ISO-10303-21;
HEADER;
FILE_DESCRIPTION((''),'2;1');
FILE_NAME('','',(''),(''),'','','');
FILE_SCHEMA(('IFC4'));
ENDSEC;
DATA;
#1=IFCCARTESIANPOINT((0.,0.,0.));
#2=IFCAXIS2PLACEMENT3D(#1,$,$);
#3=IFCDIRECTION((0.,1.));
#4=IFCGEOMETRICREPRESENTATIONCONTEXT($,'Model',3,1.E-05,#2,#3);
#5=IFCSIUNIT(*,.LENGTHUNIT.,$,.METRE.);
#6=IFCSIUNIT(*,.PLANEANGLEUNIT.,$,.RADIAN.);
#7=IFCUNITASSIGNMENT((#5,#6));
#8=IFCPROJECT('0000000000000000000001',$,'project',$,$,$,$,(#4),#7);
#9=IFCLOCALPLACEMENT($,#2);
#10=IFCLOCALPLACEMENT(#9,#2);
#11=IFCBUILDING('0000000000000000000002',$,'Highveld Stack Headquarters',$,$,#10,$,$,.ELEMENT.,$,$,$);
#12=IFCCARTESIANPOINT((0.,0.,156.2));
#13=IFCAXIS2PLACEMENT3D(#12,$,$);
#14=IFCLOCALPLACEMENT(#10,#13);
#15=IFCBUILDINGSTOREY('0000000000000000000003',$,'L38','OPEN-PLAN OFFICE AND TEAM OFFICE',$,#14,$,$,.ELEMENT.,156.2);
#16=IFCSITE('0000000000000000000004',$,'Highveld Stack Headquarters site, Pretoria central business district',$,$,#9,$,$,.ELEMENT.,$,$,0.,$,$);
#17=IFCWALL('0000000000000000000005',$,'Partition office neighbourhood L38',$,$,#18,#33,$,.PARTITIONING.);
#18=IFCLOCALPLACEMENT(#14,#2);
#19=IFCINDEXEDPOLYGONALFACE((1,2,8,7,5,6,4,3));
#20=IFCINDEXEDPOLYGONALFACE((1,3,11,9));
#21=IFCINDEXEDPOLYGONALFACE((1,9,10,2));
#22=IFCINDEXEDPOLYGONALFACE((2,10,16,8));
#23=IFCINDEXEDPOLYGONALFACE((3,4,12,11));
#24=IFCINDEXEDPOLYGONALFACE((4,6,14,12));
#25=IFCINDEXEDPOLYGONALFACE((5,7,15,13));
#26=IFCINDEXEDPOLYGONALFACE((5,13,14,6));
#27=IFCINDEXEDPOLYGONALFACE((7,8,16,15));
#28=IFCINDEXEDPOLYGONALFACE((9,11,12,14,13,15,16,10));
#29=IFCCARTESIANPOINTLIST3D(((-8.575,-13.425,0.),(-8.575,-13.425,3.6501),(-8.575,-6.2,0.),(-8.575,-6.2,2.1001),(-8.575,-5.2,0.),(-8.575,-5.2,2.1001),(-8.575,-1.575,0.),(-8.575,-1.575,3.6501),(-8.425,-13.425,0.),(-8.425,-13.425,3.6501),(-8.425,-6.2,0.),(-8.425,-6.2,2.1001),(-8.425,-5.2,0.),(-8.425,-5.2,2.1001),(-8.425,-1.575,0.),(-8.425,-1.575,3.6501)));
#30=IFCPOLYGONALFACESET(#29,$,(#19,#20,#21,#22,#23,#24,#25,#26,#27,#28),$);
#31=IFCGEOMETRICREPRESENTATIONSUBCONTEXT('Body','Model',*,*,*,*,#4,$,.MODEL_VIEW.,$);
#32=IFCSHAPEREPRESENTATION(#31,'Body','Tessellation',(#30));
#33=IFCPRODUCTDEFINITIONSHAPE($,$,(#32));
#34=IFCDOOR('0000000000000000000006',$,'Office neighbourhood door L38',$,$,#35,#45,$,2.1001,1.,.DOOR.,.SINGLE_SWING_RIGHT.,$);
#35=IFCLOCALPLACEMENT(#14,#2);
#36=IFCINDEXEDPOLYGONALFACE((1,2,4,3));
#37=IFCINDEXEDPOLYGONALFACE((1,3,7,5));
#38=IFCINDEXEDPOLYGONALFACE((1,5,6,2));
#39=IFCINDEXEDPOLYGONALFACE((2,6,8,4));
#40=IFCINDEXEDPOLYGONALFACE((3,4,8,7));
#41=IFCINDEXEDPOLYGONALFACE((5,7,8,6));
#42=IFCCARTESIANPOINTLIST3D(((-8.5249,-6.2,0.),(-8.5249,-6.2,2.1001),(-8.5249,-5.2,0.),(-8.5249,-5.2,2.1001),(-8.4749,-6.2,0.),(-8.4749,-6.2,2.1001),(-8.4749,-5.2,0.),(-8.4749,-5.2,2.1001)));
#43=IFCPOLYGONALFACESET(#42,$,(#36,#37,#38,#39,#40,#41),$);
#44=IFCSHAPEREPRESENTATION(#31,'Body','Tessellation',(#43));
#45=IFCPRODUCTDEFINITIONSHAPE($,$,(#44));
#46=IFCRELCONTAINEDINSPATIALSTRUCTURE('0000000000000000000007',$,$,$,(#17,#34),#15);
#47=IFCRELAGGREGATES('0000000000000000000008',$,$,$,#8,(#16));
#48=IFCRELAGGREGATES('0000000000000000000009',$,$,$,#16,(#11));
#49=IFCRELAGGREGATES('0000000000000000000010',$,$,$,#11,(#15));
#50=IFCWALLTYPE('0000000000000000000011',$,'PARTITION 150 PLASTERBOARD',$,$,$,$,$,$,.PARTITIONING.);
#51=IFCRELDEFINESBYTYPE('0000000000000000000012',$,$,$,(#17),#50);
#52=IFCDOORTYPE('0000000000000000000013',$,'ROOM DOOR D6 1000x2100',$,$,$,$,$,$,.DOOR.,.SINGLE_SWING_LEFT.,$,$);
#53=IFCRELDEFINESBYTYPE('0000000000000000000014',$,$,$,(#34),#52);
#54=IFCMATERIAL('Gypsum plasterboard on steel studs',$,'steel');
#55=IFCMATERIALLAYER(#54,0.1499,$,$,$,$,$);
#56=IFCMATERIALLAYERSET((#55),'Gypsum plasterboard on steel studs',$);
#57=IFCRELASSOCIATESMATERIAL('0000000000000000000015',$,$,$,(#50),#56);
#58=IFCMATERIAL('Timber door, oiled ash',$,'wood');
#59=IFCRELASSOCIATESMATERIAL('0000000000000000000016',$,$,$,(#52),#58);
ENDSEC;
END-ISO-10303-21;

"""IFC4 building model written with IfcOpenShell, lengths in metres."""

from ifc_helpers import new_model, si_unit, direction, frame, frame_2d, origin, place, context, subcontext, project, spatial, rectangle, extrude, material, layer, layer_set, type_object, element, fill, save


model = new_model("IFC4")

# Units and contexts
model_context = context("Model", 3, precision=1e-05, world=origin(), true_north=direction((0.0, 1.0)))
body_context = subcontext(model_context, "Body", "Model", "MODEL_VIEW")
ifc_project = project(units=[si_unit("LENGTHUNIT", "METRE"), si_unit("PLANEANGLEUNIT", "RADIAN")], contexts=[model_context])

# Site, building, storey
site_placement = place(None, origin())
site = spatial("IfcSite", under=ifc_project, at=site_placement, Name="Highveld Stack Headquarters site, Pretoria central business district", CompositionType="ELEMENT", RefElevation=0.0)
building_placement = place(site_placement, origin())
building = spatial("IfcBuilding", under=site, at=building_placement, Name="Highveld Stack Headquarters", CompositionType="ELEMENT")
storey_placement = place(building_placement, frame((0.0, 0.0, 156.2)))
storey = spatial("IfcBuildingStorey", under=building, at=storey_placement, Name="L38", Description="OPEN-PLAN OFFICE AND TEAM OFFICE", CompositionType="ELEMENT", Elevation=156.2)

# Shared definitions
ifc_material_1 = material(Name="Gypsum plasterboard on steel studs", Category="steel")
ifc_layer = layer(ifc_material_1, 0.1499)
ifc_layer_set = layer_set([ifc_layer], Name="Gypsum plasterboard on steel studs")
wall_type = type_object("IfcWallType", Name="PARTITION 150 PLASTERBOARD", PredefinedType="PARTITIONING", material=ifc_layer_set)

# Shared definitions
ifc_material_2 = material(Name="Timber door, oiled ash", Category="wood")
door_type = type_object("IfcDoorType", Name="ROOM DOOR D6 1000x2100", OperationType="SINGLE_SWING_LEFT", PredefinedType="DOOR", material=ifc_material_2)

# Wall, opening, door
wall_1_placement = place(storey_placement, frame((-8.5, -13.425, 0.0), z_axis=(0.0, 0.0, 1.0), x_axis=(0.0, 1.0, 0.0)))
wall_1 = element("IfcWall", 1, at=wall_1_placement, inside=storey, type_object=wall_type, Name="Partition office neighbourhood L38", PredefinedType="PARTITIONING", context=body_context, shape_type="SweptSolid", body=[
    extrude(rectangle(XDim=11.8501, YDim=0.1499, at=frame_2d((5.925, 0.0))), origin(), (0.0, 0.0, 1.0), 3.6501),
])
opening_1_placement = place(wall_1_placement, frame((7.2251, 0.0, 0.0)))
opening_1 = element("IfcOpeningElement", 2, at=opening_1_placement, cuts=wall_1, PredefinedType="OPENING", context=body_context, shape_type="SweptSolid", body=[
    extrude(rectangle(XDim=1.0, YDim=2.1001, at=frame_2d((0.5, 1.05))), frame((0.0, 0.085, 0.0), z_axis=(0.0, -1.0, 0.0), x_axis=(1.0, 0.0, 0.0)), (0.0, 0.0, 1.0), 0.1699),
])
door_1_placement = place(opening_1_placement, origin())
door_1 = element("IfcDoor", 3, at=door_1_placement, inside=storey, type_object=door_type, Name="Office neighbourhood door L38", OperationType="SINGLE_SWING_RIGHT", OverallHeight=2.1001, OverallWidth=1.0, PredefinedType="DOOR", context=body_context, shape_type="SweptSolid", body=[
    extrude(rectangle(XDim=1.0, YDim=2.1001, at=frame_2d((0.5, 1.05))), frame((0.0, 0.0249, 0.0), z_axis=(0.0, -1.0, 0.0), x_axis=(1.0, 0.0, 0.0)), (0.0, 0.0, 1.0), 0.05),
])
fill(opening_1, door_1)

save(model, "model.ifc")
